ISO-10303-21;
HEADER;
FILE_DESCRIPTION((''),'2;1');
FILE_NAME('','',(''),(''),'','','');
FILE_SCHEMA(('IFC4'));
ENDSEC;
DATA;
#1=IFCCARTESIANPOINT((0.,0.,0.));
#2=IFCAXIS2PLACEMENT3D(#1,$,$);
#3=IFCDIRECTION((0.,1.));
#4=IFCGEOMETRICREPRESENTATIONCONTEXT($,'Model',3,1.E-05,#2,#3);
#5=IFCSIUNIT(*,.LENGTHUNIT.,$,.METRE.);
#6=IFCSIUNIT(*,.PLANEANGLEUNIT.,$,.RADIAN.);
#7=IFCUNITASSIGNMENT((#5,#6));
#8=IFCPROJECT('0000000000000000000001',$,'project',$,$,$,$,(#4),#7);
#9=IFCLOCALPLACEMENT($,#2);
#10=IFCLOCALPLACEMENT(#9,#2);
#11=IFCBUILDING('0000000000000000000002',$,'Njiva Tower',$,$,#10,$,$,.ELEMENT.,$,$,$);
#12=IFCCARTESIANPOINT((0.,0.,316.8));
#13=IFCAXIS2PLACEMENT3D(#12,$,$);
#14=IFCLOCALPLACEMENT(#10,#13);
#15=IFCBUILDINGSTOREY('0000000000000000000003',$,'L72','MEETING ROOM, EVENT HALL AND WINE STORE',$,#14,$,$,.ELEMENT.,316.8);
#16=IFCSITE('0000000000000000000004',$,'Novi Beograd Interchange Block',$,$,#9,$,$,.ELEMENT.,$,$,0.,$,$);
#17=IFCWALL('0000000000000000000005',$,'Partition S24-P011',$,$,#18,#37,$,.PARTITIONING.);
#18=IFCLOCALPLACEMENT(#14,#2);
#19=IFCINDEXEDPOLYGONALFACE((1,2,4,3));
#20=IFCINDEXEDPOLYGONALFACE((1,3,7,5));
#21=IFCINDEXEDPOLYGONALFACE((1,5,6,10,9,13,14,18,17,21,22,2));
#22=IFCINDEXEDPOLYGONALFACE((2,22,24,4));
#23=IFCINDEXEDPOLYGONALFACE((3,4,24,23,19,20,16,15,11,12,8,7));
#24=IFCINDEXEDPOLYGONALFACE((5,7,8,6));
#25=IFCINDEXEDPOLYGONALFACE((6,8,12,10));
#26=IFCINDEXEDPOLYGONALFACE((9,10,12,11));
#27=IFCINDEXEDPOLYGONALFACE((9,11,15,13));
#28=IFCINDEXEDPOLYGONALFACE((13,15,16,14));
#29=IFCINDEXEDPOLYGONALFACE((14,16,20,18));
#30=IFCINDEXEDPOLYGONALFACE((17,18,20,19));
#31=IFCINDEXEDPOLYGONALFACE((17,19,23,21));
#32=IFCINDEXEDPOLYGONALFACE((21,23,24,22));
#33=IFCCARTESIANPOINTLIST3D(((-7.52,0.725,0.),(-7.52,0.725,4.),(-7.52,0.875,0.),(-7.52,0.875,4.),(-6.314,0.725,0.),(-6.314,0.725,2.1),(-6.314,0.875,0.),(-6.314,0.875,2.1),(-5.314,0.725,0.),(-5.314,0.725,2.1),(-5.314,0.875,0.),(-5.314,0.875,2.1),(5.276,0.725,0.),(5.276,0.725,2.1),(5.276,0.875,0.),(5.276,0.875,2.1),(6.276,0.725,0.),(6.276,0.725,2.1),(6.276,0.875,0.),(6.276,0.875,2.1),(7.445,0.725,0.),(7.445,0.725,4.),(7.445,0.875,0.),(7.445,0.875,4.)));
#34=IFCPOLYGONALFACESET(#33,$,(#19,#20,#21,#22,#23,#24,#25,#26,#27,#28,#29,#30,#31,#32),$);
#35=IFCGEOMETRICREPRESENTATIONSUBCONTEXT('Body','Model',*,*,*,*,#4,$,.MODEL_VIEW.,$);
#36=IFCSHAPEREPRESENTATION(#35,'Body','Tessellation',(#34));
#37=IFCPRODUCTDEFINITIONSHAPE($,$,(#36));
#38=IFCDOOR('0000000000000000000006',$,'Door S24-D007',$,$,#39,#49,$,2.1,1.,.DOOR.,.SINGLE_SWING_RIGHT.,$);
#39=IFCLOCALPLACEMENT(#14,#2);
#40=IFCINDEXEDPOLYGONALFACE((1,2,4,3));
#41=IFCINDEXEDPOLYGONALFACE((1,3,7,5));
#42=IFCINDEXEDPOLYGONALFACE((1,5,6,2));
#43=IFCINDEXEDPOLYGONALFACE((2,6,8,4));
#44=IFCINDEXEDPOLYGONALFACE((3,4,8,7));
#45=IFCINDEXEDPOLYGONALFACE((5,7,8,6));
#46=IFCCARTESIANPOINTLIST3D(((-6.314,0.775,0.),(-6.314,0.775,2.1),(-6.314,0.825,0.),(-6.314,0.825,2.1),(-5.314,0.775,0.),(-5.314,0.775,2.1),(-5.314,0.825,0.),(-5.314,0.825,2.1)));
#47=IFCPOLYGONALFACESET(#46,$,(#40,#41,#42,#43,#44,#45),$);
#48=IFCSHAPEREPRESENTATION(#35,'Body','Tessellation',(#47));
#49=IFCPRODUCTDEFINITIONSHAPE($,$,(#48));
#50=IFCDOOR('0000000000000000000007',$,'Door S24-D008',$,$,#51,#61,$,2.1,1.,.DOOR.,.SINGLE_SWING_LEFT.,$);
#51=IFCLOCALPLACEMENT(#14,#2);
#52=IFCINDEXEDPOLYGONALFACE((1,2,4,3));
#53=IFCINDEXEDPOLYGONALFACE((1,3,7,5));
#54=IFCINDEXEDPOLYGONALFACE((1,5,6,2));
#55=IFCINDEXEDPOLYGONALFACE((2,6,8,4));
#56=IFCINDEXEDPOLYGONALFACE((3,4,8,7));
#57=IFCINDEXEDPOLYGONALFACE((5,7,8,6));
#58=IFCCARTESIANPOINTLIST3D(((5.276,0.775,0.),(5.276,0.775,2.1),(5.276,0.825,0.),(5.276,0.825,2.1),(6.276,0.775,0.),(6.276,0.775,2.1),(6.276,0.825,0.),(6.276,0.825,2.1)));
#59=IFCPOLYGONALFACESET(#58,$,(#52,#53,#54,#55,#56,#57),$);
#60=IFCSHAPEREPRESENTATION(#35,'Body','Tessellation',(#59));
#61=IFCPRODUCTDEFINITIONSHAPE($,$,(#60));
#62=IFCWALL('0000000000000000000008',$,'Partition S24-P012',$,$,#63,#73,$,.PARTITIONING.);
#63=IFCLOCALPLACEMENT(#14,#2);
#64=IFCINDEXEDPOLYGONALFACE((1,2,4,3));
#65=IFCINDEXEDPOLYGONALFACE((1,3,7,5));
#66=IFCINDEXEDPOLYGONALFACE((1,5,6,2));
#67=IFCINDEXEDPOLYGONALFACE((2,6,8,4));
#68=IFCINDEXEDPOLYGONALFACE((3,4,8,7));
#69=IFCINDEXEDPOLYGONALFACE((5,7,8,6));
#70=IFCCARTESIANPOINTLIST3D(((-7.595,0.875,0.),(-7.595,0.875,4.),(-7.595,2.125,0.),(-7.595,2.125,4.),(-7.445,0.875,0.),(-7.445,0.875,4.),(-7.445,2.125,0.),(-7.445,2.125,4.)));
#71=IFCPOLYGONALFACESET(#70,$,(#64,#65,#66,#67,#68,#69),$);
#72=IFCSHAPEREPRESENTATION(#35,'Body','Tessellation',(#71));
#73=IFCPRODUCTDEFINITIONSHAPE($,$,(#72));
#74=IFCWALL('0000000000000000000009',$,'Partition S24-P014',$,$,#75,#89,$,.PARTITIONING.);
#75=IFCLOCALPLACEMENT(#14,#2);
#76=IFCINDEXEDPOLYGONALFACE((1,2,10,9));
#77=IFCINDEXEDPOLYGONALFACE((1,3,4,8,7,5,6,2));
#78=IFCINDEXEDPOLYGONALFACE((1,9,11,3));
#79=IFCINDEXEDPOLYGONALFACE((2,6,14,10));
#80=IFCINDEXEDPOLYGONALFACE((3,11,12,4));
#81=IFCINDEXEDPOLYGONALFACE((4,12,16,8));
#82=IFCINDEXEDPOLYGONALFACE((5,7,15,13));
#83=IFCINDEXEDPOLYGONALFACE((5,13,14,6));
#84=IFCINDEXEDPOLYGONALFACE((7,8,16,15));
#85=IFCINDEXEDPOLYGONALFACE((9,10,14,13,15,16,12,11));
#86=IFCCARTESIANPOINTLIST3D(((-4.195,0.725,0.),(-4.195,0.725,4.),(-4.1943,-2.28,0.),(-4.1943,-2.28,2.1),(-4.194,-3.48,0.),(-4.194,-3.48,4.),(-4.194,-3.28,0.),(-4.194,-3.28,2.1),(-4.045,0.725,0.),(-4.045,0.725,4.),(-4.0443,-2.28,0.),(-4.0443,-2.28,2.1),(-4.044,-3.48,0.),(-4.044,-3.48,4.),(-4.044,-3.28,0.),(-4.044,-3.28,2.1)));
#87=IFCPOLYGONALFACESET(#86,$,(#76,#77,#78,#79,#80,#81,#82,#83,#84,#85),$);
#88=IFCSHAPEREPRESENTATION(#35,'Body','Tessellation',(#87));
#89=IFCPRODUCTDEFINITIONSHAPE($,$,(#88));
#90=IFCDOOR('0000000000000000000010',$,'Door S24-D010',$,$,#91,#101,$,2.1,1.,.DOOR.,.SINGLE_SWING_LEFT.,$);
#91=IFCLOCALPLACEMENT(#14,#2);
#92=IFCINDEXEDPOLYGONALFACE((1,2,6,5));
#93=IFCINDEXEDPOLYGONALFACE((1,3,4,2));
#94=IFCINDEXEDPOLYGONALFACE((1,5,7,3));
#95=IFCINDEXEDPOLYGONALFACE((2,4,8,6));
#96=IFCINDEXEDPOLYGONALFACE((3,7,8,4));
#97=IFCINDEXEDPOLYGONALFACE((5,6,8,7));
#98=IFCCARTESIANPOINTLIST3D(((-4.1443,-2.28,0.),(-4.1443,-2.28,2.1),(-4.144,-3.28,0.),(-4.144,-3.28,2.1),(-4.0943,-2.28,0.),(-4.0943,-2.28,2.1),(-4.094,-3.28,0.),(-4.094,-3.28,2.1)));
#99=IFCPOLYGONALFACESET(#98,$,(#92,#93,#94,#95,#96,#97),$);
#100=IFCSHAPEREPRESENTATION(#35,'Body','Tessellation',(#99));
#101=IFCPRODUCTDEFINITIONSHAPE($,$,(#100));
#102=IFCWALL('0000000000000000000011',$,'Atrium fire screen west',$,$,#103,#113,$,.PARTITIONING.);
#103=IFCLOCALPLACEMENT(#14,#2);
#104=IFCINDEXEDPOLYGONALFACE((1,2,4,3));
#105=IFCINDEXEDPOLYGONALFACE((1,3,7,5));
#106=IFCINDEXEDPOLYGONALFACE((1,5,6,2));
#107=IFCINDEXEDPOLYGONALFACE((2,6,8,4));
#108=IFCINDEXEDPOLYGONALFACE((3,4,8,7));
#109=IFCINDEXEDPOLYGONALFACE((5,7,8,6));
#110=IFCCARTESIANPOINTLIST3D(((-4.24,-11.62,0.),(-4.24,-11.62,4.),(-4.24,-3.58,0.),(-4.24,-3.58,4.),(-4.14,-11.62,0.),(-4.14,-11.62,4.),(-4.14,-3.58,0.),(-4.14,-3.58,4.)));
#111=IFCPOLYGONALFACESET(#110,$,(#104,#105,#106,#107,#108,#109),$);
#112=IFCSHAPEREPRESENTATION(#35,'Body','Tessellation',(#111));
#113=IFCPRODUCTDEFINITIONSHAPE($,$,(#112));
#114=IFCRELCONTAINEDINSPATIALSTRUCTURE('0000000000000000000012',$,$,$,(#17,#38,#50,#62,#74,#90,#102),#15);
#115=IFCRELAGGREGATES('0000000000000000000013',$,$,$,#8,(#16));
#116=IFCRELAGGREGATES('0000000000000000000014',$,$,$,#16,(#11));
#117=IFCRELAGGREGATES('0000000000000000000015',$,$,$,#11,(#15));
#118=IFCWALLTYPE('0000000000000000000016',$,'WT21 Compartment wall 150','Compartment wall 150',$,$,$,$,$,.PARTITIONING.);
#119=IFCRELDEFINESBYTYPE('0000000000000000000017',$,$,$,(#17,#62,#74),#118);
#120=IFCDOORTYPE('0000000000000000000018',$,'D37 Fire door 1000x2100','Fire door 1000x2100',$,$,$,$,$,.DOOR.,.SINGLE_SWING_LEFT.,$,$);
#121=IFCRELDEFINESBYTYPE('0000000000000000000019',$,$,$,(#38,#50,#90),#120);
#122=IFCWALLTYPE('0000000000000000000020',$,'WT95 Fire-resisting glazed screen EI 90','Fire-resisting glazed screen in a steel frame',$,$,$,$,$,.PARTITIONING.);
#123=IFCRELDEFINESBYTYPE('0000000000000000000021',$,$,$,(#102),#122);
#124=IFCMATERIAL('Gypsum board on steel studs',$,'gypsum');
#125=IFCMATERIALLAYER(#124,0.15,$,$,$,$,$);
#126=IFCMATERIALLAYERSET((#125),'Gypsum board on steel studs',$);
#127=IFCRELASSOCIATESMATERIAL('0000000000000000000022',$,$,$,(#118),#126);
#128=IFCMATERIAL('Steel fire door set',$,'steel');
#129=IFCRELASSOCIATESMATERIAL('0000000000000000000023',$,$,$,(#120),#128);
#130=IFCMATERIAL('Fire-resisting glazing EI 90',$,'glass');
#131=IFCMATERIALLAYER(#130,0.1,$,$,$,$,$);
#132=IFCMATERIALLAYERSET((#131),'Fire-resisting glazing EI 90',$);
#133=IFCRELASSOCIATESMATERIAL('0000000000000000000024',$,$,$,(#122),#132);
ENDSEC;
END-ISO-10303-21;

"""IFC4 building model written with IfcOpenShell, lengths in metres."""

from ifc_helpers import new_model, si_unit, direction, frame, frame_2d, origin, place, context, subcontext, project, spatial, rectangle, extrude, material, layer, layer_set, type_object, element, fill, save


model = new_model("IFC4")

# Units and contexts
model_context = context("Model", 3, precision=1e-05, world=origin(), true_north=direction((0.0, 1.0)))
body_context = subcontext(model_context, "Body", "Model", "MODEL_VIEW")
ifc_project = project(units=[si_unit("LENGTHUNIT", "METRE"), si_unit("PLANEANGLEUNIT", "RADIAN")], contexts=[model_context])

# Site, building, storey
site_placement = place(None, origin())
site = spatial("IfcSite", under=ifc_project, at=site_placement, Name="Novi Beograd Interchange Block", CompositionType="ELEMENT", RefElevation=0.0)
building_placement = place(site_placement, origin())
building = spatial("IfcBuilding", under=site, at=building_placement, Name="Njiva Tower", CompositionType="ELEMENT")
storey_placement = place(building_placement, frame((0.0, 0.0, 316.8)))
storey = spatial("IfcBuildingStorey", under=building, at=storey_placement, Name="L72", Description="MEETING ROOM, EVENT HALL AND WINE STORE", CompositionType="ELEMENT", Elevation=316.8)

# Shared definitions
ifc_material_1 = material(Name="Gypsum board on steel studs", Category="gypsum")
ifc_layer_1 = layer(ifc_material_1, 0.15)
ifc_layer_set_1 = layer_set([ifc_layer_1], Name="Gypsum board on steel studs")
wall_type_1 = type_object("IfcWallType", Name="WT21 Compartment wall 150", Description="Compartment wall 150", PredefinedType="PARTITIONING", material=ifc_layer_set_1)

# Wall, openings, doors
wall_1_placement = place(storey_placement, frame((-7.52, 0.8, 0.0), z_axis=(0.0, 0.0, 1.0), x_axis=(1.0, 0.0, 0.0)))
wall_1 = element("IfcWall", 1, at=wall_1_placement, inside=storey, type_object=wall_type_1, Name="Partition S24-P011", PredefinedType="PARTITIONING", context=body_context, shape_type="SweptSolid", body=[
    extrude(rectangle(XDim=14.965, YDim=0.15, at=frame_2d((7.4825, 0.0))), origin(), (0.0, 0.0, 1.0), 4.0),
])
opening_1_placement = place(wall_1_placement, frame((1.206, 0.0, 0.0)))
opening_1 = element("IfcOpeningElement", 2, at=opening_1_placement, cuts=wall_1, PredefinedType="OPENING", context=body_context, shape_type="SweptSolid", body=[
    extrude(rectangle(XDim=1.0, YDim=2.1, at=frame_2d((0.5, 1.05))), frame((0.0, 0.085, 0.0), z_axis=(0.0, -1.0, 0.0), x_axis=(1.0, 0.0, 0.0)), (0.0, 0.0, 1.0), 0.17),
])
opening_2_placement = place(wall_1_placement, frame((12.796, 0.0, 0.0)))
opening_2 = element("IfcOpeningElement", 3, at=opening_2_placement, cuts=wall_1, PredefinedType="OPENING", context=body_context, shape_type="SweptSolid", body=[
    extrude(rectangle(XDim=1.0, YDim=2.1, at=frame_2d((0.5, 1.05))), frame((0.0, 0.085, 0.0), z_axis=(0.0, -1.0, 0.0), x_axis=(1.0, 0.0, 0.0)), (0.0, 0.0, 1.0), 0.17),
])
ifc_material_2 = material(Name="Steel fire door set", Category="steel")
door_type = type_object("IfcDoorType", Name="D37 Fire door 1000x2100", Description="Fire door 1000x2100", OperationType="SINGLE_SWING_LEFT", PredefinedType="DOOR", material=ifc_material_2)
door_1_placement = place(opening_1_placement, origin())
door_1 = element("IfcDoor", 4, at=door_1_placement, inside=storey, type_object=door_type, Name="Door S24-D007", OperationType="SINGLE_SWING_RIGHT", OverallHeight=2.1, OverallWidth=1.0, PredefinedType="DOOR", context=body_context, shape_type="SweptSolid", body=[
    extrude(rectangle(XDim=1.0, YDim=2.1, at=frame_2d((0.5, 1.05))), frame((0.0, 0.025, 0.0), z_axis=(0.0, -1.0, 0.0), x_axis=(1.0, 0.0, 0.0)), (0.0, 0.0, 1.0), 0.05),
])
fill(opening_1, door_1)
door_2_placement = place(opening_2_placement, origin())
door_2 = element("IfcDoor", 5, at=door_2_placement, inside=storey, type_object=door_type, Name="Door S24-D008", OperationType="SINGLE_SWING_LEFT", OverallHeight=2.1, OverallWidth=1.0, PredefinedType="DOOR", context=body_context, shape_type="SweptSolid", body=[
    extrude(rectangle(XDim=1.0, YDim=2.1, at=frame_2d((0.5, 1.05))), frame((0.0, 0.025, 0.0), z_axis=(0.0, -1.0, 0.0), x_axis=(1.0, 0.0, 0.0)), (0.0, 0.0, 1.0), 0.05),
])
fill(opening_2, door_2)

# Wall
wall_2_placement = place(storey_placement, frame((-7.52, 0.875, 0.0), z_axis=(0.0, 0.0, 1.0), x_axis=(0.0, 1.0, 0.0)))
element("IfcWall", 6, at=wall_2_placement, inside=storey, type_object=wall_type_1, Name="Partition S24-P012", PredefinedType="PARTITIONING", context=body_context, shape_type="SweptSolid", body=[
    extrude(rectangle(XDim=1.25, YDim=0.15, at=frame_2d((0.625, 0.0))), origin(), (0.0, 0.0, 1.0), 4.0),
])

# Wall, opening, door
wall_3_placement = place(storey_placement, frame((-4.12, 0.725, 0.0), z_axis=(0.0, 0.0, 1.0), x_axis=(0.000238, -1.0, 0.0)))
wall_3 = element("IfcWall", 7, at=wall_3_placement, inside=storey, type_object=wall_type_1, Name="Partition S24-P014", PredefinedType="PARTITIONING", context=body_context, shape_type="SweptSolid", body=[
    extrude(rectangle(XDim=4.205, YDim=0.15, at=frame_2d((2.1025, 0.0))), origin(), (0.0, 0.0, 1.0), 4.0),
])
opening_3_placement = place(wall_3_placement, frame((3.005, 0.0, 0.0)))
opening_3 = element("IfcOpeningElement", 8, at=opening_3_placement, cuts=wall_3, PredefinedType="OPENING", context=body_context, shape_type="SweptSolid", body=[
    extrude(rectangle(XDim=1.0, YDim=2.1, at=frame_2d((0.5, 1.05))), frame((0.0, 0.085, 0.0), z_axis=(0.0, -1.0, 0.0), x_axis=(1.0, 0.0, 0.0)), (0.0, 0.0, 1.0), 0.17),
])
door_3_placement = place(opening_3_placement, origin())
door_3 = element("IfcDoor", 9, at=door_3_placement, inside=storey, type_object=door_type, Name="Door S24-D010", OperationType="SINGLE_SWING_LEFT", OverallHeight=2.1, OverallWidth=1.0, PredefinedType="DOOR", context=body_context, shape_type="SweptSolid", body=[
    extrude(rectangle(XDim=1.0, YDim=2.1, at=frame_2d((0.5, 1.05))), frame((0.0, 0.025, 0.0), z_axis=(0.0, -1.0, 0.0), x_axis=(1.0, 0.0, 0.0)), (0.0, 0.0, 1.0), 0.05),
])
fill(opening_3, door_3)

# Wall
ifc_material_3 = material(Name="Fire-resisting glazing EI 90", Category="glass")
ifc_layer_2 = layer(ifc_material_3, 0.1)
ifc_layer_set_2 = layer_set([ifc_layer_2], Name="Fire-resisting glazing EI 90")
wall_type_2 = type_object("IfcWallType", Name="WT95 Fire-resisting glazed screen EI 90", Description="Fire-resisting glazed screen in a steel frame", PredefinedType="PARTITIONING", material=ifc_layer_set_2)
wall_4_placement = place(storey_placement, frame((-4.19, -3.58, 0.0), z_axis=(0.0, 0.0, 1.0), x_axis=(0.0, -1.0, 0.0)))
element("IfcWall", 10, at=wall_4_placement, inside=storey, type_object=wall_type_2, Name="Atrium fire screen west", PredefinedType="PARTITIONING", context=body_context, shape_type="SweptSolid", body=[
    extrude(rectangle(XDim=8.04, YDim=0.1, at=frame_2d((4.02, 0.0))), origin(), (0.0, 0.0, 1.0), 4.0),
])

save(model, "model.ifc")
